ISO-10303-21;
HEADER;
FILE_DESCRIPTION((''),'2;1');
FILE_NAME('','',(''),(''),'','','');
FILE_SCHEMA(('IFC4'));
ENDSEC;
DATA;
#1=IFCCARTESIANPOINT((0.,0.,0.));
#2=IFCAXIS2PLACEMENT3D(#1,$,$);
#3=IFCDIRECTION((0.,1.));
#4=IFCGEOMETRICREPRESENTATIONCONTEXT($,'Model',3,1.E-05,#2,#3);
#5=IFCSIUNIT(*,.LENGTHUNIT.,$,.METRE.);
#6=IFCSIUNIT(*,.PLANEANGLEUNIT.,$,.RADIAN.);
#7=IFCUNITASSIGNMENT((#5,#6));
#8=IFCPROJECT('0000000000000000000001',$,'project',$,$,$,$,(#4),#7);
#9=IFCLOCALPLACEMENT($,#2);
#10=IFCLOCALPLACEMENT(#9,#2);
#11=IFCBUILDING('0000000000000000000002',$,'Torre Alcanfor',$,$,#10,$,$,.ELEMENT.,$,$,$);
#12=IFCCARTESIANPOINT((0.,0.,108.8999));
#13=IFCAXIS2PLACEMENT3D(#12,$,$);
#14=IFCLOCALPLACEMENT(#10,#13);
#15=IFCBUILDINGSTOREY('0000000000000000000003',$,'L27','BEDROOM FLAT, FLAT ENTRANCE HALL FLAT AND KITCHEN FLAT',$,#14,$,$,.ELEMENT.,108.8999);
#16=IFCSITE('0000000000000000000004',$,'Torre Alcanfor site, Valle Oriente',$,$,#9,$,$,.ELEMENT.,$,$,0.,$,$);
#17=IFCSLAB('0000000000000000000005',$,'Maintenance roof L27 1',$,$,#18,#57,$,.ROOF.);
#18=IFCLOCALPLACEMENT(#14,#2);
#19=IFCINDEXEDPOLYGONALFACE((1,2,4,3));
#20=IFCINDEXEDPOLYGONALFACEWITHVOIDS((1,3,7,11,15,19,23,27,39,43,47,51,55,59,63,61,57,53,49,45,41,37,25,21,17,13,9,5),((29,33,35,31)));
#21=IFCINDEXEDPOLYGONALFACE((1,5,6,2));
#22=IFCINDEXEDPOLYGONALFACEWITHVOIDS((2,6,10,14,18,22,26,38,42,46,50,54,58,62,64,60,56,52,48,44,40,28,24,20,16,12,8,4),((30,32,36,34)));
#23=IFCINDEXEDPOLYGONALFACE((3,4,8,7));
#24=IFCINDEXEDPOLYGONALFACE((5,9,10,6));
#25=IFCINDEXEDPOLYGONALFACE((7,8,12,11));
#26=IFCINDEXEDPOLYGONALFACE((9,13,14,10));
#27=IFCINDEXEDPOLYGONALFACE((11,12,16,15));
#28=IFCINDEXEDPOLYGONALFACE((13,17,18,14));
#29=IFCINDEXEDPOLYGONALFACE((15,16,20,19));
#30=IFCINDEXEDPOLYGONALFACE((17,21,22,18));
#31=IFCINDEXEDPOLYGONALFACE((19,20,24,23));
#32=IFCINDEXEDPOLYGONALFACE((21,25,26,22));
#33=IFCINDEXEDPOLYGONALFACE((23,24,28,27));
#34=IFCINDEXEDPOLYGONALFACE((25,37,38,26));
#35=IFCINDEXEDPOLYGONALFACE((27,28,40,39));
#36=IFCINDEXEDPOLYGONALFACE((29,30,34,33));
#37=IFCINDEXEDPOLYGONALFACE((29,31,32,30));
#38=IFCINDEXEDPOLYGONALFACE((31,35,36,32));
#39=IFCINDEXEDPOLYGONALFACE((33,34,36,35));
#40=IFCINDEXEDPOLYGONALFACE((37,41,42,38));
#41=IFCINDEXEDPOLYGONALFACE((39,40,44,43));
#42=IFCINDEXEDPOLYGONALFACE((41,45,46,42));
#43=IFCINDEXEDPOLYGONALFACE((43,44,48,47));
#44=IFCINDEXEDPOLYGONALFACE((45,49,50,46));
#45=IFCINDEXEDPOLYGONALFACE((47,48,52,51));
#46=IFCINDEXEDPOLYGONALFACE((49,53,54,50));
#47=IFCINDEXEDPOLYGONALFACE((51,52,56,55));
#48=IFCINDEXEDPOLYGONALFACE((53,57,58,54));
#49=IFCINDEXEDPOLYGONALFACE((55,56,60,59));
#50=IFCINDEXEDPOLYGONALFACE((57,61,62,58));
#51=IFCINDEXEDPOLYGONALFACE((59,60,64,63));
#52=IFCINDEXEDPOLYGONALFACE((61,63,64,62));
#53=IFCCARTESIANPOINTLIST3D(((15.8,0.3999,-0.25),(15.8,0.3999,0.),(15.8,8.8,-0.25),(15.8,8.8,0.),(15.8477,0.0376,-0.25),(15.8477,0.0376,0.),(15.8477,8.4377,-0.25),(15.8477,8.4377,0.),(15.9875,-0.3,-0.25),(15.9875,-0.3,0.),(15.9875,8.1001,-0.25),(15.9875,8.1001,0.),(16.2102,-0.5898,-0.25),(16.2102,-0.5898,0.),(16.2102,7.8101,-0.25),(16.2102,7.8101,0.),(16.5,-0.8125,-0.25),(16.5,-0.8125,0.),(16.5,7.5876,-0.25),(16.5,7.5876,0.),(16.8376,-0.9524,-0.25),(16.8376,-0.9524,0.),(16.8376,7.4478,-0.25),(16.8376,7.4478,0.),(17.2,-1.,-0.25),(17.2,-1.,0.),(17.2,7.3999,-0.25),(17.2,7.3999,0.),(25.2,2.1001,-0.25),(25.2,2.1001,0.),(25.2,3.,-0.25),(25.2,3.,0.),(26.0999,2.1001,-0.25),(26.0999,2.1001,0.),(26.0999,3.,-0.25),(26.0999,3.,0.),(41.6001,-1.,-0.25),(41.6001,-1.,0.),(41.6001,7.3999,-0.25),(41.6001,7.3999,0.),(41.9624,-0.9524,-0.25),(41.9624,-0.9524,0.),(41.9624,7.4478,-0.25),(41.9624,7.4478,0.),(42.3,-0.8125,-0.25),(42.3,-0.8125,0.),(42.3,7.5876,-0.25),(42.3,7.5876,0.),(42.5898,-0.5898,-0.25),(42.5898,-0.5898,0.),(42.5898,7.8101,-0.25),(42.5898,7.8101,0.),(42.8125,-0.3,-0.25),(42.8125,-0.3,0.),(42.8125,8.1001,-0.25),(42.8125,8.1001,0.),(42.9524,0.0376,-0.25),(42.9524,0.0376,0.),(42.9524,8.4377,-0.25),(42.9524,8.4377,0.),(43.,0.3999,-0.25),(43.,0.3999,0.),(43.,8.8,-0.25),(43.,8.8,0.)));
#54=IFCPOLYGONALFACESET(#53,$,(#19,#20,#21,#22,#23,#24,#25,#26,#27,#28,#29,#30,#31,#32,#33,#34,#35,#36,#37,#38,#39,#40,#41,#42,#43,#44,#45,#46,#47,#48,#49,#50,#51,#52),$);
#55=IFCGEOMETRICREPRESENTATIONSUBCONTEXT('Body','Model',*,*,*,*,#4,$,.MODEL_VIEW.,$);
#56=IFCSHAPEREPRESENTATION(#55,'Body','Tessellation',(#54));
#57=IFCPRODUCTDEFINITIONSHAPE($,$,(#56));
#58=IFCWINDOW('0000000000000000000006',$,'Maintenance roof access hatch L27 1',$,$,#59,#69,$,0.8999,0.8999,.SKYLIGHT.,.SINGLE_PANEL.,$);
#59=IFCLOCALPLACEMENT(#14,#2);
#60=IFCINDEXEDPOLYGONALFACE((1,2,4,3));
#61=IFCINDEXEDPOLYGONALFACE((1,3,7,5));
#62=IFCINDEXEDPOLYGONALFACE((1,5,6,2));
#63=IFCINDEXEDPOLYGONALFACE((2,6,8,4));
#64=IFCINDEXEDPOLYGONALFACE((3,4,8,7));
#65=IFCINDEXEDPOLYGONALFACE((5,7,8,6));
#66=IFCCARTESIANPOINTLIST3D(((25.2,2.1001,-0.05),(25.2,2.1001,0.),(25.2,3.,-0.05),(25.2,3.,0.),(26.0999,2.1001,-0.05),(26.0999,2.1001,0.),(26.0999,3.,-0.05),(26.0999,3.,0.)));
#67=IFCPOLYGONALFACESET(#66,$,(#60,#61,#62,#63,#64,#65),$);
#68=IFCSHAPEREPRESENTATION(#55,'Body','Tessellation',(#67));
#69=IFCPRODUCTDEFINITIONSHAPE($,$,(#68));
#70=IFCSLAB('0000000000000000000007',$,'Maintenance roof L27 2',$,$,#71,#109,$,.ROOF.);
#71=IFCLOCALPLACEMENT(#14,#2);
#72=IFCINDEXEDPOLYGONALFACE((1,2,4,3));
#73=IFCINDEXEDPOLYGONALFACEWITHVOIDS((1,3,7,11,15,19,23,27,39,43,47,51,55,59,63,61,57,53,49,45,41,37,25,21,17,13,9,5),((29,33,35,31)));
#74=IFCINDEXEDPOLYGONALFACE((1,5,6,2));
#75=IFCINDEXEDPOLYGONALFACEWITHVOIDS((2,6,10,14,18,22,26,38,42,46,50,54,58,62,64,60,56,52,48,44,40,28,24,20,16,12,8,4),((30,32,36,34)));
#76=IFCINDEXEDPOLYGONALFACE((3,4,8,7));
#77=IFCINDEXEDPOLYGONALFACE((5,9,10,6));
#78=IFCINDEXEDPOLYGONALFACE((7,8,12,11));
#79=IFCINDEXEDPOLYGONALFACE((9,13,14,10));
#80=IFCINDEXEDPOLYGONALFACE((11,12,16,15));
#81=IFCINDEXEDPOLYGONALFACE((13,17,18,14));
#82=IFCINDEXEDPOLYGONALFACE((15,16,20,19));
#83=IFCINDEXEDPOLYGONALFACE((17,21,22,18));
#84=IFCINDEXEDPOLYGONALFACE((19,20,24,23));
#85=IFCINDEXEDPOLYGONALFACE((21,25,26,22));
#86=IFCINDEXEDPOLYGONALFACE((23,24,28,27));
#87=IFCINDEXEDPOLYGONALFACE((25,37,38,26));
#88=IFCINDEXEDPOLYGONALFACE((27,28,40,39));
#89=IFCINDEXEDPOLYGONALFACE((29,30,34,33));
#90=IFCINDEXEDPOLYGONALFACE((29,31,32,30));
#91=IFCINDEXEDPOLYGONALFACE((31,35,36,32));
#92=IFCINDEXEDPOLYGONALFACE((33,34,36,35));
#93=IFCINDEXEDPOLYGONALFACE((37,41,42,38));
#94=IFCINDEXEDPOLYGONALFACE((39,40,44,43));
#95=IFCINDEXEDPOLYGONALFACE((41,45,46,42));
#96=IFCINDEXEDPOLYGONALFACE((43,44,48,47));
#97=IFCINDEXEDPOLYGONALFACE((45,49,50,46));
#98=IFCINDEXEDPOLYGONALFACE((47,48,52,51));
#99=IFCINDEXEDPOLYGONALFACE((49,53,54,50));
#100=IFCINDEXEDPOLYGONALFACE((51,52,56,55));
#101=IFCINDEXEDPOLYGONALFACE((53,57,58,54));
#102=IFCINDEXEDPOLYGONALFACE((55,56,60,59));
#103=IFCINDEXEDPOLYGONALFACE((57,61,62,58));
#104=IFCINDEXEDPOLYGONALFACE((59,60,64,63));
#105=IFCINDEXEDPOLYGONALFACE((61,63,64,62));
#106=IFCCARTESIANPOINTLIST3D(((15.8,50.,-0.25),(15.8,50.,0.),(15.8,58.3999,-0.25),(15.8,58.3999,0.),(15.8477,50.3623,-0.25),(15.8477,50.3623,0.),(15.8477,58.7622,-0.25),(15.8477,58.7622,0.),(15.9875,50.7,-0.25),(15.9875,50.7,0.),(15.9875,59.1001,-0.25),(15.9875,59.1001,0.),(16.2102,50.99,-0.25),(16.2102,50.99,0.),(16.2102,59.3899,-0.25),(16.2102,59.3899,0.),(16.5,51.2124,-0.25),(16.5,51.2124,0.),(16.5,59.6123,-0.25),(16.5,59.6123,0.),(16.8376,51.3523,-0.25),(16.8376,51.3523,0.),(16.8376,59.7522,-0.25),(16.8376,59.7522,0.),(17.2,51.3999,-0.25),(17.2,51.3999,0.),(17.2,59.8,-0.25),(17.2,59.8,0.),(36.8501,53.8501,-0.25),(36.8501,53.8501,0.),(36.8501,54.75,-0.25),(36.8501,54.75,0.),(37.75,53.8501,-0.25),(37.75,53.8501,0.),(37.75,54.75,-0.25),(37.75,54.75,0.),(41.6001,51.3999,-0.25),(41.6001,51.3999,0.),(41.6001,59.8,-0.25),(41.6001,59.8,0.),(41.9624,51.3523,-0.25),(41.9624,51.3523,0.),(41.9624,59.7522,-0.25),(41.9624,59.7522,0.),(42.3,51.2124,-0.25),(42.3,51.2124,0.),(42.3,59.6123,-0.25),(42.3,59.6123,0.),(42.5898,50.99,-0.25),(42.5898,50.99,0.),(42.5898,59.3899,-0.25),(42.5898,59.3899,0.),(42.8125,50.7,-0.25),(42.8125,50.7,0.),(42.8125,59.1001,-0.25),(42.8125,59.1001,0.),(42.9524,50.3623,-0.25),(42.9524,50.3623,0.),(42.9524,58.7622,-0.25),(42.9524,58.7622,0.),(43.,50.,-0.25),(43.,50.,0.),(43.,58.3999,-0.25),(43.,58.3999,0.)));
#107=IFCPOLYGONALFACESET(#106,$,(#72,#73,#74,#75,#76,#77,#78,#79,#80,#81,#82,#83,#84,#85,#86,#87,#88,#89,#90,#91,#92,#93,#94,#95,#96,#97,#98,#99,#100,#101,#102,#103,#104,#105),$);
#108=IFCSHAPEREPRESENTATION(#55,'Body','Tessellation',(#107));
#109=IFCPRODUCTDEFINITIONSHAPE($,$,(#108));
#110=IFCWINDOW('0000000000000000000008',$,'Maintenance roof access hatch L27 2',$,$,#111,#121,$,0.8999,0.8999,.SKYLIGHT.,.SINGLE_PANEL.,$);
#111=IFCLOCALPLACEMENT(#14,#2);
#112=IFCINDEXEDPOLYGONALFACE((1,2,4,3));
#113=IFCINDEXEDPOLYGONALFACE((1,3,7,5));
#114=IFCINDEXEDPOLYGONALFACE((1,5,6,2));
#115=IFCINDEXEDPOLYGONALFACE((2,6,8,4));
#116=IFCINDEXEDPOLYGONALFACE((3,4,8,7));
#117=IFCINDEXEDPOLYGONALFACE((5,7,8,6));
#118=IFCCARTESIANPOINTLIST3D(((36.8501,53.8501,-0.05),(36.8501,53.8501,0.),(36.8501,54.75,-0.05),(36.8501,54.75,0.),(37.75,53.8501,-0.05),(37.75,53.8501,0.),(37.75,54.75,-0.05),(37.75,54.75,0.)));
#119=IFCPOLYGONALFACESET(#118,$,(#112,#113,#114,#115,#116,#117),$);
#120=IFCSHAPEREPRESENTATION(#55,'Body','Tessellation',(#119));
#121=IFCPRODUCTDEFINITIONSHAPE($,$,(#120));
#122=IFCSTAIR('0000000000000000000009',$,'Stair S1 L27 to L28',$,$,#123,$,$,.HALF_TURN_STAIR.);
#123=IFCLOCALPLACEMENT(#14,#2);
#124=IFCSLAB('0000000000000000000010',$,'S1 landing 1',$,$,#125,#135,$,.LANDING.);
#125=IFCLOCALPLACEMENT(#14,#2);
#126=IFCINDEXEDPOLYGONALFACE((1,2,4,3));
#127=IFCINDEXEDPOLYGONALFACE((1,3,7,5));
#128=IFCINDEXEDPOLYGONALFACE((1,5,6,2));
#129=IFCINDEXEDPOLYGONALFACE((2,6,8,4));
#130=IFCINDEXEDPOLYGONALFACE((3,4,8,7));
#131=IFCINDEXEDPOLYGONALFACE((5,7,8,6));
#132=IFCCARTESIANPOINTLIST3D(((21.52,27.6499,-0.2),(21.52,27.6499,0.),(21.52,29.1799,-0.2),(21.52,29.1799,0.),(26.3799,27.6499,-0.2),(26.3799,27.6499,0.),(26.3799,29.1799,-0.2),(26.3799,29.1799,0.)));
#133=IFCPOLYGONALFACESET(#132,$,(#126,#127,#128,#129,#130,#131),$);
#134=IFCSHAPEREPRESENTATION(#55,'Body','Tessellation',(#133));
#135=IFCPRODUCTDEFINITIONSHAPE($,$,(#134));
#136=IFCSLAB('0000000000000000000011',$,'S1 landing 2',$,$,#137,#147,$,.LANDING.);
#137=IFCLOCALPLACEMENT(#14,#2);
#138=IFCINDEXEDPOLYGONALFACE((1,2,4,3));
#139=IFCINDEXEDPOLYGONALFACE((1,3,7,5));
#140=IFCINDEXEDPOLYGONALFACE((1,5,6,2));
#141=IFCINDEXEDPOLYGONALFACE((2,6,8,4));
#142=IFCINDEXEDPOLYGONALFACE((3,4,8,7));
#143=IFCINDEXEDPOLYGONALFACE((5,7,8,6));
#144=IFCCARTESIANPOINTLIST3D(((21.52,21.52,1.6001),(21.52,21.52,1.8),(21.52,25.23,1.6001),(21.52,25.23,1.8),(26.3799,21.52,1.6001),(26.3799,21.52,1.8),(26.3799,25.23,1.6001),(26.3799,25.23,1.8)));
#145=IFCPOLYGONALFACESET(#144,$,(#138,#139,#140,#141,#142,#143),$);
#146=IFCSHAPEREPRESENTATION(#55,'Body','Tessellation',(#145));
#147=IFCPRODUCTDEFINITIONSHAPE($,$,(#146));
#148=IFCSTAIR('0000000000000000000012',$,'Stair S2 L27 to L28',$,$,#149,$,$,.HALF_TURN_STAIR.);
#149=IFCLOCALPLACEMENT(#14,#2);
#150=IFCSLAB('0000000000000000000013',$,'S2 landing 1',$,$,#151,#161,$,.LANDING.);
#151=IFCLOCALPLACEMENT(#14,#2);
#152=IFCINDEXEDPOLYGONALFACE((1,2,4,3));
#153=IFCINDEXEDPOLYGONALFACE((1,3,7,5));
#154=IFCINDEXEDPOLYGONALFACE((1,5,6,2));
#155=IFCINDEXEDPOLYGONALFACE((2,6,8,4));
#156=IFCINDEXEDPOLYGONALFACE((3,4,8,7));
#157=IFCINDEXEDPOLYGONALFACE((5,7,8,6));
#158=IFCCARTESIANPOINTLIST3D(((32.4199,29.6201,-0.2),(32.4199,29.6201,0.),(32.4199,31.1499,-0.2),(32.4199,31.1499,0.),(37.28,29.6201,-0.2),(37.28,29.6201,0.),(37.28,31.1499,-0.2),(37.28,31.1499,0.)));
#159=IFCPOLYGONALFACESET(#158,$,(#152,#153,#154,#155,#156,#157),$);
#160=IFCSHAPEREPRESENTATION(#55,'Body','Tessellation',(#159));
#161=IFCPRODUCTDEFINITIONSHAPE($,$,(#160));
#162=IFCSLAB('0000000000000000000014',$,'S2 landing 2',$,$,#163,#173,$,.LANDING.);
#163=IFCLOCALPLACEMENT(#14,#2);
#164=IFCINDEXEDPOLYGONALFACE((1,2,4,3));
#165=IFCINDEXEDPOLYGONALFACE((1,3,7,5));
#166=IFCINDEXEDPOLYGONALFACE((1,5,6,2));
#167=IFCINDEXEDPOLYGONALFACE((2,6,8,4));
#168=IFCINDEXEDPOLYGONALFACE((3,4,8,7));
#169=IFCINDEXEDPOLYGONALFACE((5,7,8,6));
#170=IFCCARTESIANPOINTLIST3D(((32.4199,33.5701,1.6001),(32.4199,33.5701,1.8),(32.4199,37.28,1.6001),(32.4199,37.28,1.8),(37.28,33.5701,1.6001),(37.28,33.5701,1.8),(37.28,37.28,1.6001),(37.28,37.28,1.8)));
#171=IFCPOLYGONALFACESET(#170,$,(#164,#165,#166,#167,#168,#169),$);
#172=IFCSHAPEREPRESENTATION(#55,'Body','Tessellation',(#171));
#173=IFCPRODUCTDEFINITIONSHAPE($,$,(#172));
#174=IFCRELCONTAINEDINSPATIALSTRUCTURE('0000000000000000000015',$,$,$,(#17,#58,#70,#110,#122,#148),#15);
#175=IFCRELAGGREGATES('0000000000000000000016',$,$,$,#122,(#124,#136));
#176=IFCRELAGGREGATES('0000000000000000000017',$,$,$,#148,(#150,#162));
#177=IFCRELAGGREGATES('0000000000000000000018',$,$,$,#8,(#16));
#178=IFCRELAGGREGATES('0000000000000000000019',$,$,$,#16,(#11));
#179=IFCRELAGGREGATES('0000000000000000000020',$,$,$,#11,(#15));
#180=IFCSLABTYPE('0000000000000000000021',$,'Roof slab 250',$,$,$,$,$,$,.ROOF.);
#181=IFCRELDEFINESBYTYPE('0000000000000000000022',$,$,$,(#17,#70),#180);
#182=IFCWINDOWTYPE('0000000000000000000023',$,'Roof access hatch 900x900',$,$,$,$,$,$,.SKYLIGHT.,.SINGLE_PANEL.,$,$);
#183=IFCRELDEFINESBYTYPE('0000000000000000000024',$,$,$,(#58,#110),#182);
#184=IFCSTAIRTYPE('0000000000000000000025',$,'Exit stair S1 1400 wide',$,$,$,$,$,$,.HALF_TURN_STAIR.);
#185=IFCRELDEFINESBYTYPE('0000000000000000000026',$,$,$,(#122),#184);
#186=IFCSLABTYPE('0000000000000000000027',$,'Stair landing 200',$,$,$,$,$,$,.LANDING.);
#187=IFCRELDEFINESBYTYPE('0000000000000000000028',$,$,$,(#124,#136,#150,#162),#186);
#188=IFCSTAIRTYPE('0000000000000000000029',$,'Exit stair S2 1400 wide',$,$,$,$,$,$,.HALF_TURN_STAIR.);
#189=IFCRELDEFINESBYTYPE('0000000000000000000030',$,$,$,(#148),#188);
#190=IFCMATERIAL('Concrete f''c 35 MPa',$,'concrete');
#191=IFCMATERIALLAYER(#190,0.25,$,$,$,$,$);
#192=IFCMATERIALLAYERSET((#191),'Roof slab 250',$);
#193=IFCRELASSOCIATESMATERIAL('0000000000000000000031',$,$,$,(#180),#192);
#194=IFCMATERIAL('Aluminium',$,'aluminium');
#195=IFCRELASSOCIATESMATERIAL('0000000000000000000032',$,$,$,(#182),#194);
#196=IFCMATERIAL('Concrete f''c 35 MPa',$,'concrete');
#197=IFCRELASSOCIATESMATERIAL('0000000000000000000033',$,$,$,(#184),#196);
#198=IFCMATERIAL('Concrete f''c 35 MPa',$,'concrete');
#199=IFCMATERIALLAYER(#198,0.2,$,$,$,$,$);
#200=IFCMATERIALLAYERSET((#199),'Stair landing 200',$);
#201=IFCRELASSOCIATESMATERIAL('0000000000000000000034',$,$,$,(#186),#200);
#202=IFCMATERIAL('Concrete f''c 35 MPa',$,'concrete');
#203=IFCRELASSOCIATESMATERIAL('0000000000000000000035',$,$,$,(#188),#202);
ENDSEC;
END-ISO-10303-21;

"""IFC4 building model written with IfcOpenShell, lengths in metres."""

from ifc_helpers import new_model, si_unit, direction, frame, origin, origin_2d, place, context, subcontext, project, spatial, polyline, rectangle, outline, extrude, material, layer, layer_set, type_object, element, fill, aggregate, save


model = new_model("IFC4")

# Units and contexts
model_context = context("Model", 3, precision=1e-05, world=origin(), true_north=direction((0.0, 1.0)))
body_context = subcontext(model_context, "Body", "Model", "MODEL_VIEW")
ifc_project = project(units=[si_unit("LENGTHUNIT", "METRE"), si_unit("PLANEANGLEUNIT", "RADIAN")], contexts=[model_context])

# Site, building, storey
site_placement = place(None, origin())
site = spatial("IfcSite", under=ifc_project, at=site_placement, Name="Torre Alcanfor site, Valle Oriente", CompositionType="ELEMENT", RefElevation=0.0)
building_placement = place(site_placement, origin())
building = spatial("IfcBuilding", under=site, at=building_placement, Name="Torre Alcanfor", CompositionType="ELEMENT")
storey_placement = place(building_placement, frame((0.0, 0.0, 108.8999)))
storey = spatial("IfcBuildingStorey", under=building, at=storey_placement, Name="L27", Description="BEDROOM FLAT, FLAT ENTRANCE HALL FLAT AND KITCHEN FLAT", CompositionType="ELEMENT", Elevation=108.8999)

# Slabs, openings, windows
ifc_material_1 = material(Name="Concrete f'c 35 MPa", Category="concrete")
ifc_layer_1 = layer(ifc_material_1, 0.25)
ifc_layer_set_1 = layer_set([ifc_layer_1], Name="Roof slab 250")
slab_type_1 = type_object("IfcSlabType", Name="Roof slab 250", PredefinedType="ROOF", material=ifc_layer_set_1)
slab_1_placement = place(storey_placement, frame((0.0, 0.0, -0.25)))
slab_1 = element("IfcSlab", 1, at=slab_1_placement, inside=storey, type_object=slab_type_1, Name="Maintenance roof L27 1", PredefinedType="ROOF", context=body_context, shape_type="SweptSolid", body=[
    extrude(outline(polyline([(43.0, 8.8), (42.9524, 8.4377), (42.8125, 8.1001), (42.5898, 7.8101), (42.3, 7.5876), (41.9624, 7.4478), (41.6001, 7.3999), (17.2, 7.3999), (16.8376, 7.4478), (16.5, 7.5876), (16.2102, 7.8101), (15.9875, 8.1001), (15.8477, 8.4377), (15.8, 8.8), (15.8, 0.3999), (15.8477, 0.0376), (15.9875, -0.3), (16.2102, -0.5898), (16.5, -0.8125), (16.8376, -0.9524), (17.2, -1.0), (41.6001, -1.0), (41.9624, -0.9524), (42.3, -0.8125), (42.5898, -0.5898), (42.8125, -0.3), (42.9524, 0.0376), (43.0, 0.3999), (43.0, 8.8)])), origin(), (0.0, 0.0, 1.0), 0.25),
])
opening_1_placement = place(slab_1_placement, frame((25.6499, 2.55, 0.0)))
opening_1 = element("IfcOpeningElement", 2, at=opening_1_placement, cuts=slab_1, PredefinedType="OPENING", context=body_context, shape_type="SweptSolid", body=[
    extrude(rectangle(XDim=0.8999, YDim=0.8999, at=origin_2d()), origin(), (0.0, 0.0, 1.0), 0.25),
])
ifc_material_2 = material(Name="Aluminium", Category="aluminium")
window_type_1 = type_object("IfcWindowType", Name="Roof access hatch 900x900", PartitioningType="SINGLE_PANEL", PredefinedType="SKYLIGHT", material=ifc_material_2)
window_1_placement = place(opening_1_placement, frame((0.0, 0.0, 0.2)))
window_1 = element("IfcWindow", 3, at=window_1_placement, inside=storey, type_object=window_type_1, Name="Maintenance roof access hatch L27 1", OverallHeight=0.8999, OverallWidth=0.8999, PartitioningType="SINGLE_PANEL", PredefinedType="SKYLIGHT", context=body_context, shape_type="SweptSolid", body=[
    extrude(rectangle(XDim=0.8999, YDim=0.8999, at=origin_2d()), origin(), (0.0, 0.0, 1.0), 0.05),
])
fill(opening_1, window_1)
slab_2_placement = place(storey_placement, frame((0.0, 0.0, -0.25)))
slab_2 = element("IfcSlab", 4, at=slab_2_placement, inside=storey, type_object=slab_type_1, Name="Maintenance roof L27 2", PredefinedType="ROOF", context=body_context, shape_type="SweptSolid", body=[
    extrude(outline(polyline([(15.8, 50.0), (15.8477, 50.3623), (15.9875, 50.7), (16.2102, 50.99), (16.5, 51.2124), (16.8376, 51.3523), (17.2, 51.3999), (41.6001, 51.3999), (41.9624, 51.3523), (42.3, 51.2124), (42.5898, 50.99), (42.8125, 50.7), (42.9524, 50.3623), (43.0, 50.0), (43.0, 58.3999), (42.9524, 58.7622), (42.8125, 59.1001), (42.5898, 59.3899), (42.3, 59.6123), (41.9624, 59.7522), (41.6001, 59.8), (17.2, 59.8), (16.8376, 59.7522), (16.5, 59.6123), (16.2102, 59.3899), (15.9875, 59.1001), (15.8477, 58.7622), (15.8, 58.3999), (15.8, 50.0)])), origin(), (0.0, 0.0, 1.0), 0.25),
])
opening_2_placement = place(slab_2_placement, frame((37.3, 54.3, 0.0)))
opening_2 = element("IfcOpeningElement", 5, at=opening_2_placement, cuts=slab_2, PredefinedType="OPENING", context=body_context, shape_type="SweptSolid", body=[
    extrude(rectangle(XDim=0.8999, YDim=0.8999, at=origin_2d()), origin(), (0.0, 0.0, 1.0), 0.25),
])
window_2_placement = place(opening_2_placement, frame((0.0, 0.0, 0.2)))
window_2 = element("IfcWindow", 6, at=window_2_placement, inside=storey, type_object=window_type_1, Name="Maintenance roof access hatch L27 2", OverallHeight=0.8999, OverallWidth=0.8999, PartitioningType="SINGLE_PANEL", PredefinedType="SKYLIGHT", context=body_context, shape_type="SweptSolid", body=[
    extrude(rectangle(XDim=0.8999, YDim=0.8999, at=origin_2d()), origin(), (0.0, 0.0, 1.0), 0.05),
])
fill(opening_2, window_2)

# Stairs, slabs
ifc_material_3 = material(Name="Concrete f'c 35 MPa", Category="concrete")
stair_type_1 = type_object("IfcStairType", Name="Exit stair S1 1400 wide", PredefinedType="HALF_TURN_STAIR", material=ifc_material_3)
stair_1_placement = place(storey_placement, origin())
stair_1 = element("IfcStair", 7, at=stair_1_placement, inside=storey, type_object=stair_type_1, Name="Stair S1 L27 to L28", PredefinedType="HALF_TURN_STAIR")
ifc_material_4 = material(Name="Concrete f'c 35 MPa", Category="concrete")
ifc_layer_2 = layer(ifc_material_4, 0.2)
ifc_layer_set_2 = layer_set([ifc_layer_2], Name="Stair landing 200")
slab_type_2 = type_object("IfcSlabType", Name="Stair landing 200", PredefinedType="LANDING", material=ifc_layer_set_2)
slab_3_placement = place(storey_placement, frame((0.0, 0.0, -0.2)))
slab_3 = element("IfcSlab", 8, at=slab_3_placement, type_object=slab_type_2, Name="S1 landing 1", PredefinedType="LANDING", context=body_context, shape_type="SweptSolid", body=[
    extrude(outline(polyline([(21.52, 27.6499), (26.3799, 27.6499), (26.3799, 29.1799), (21.52, 29.1799), (21.52, 27.6499)])), origin(), (0.0, 0.0, 1.0), 0.2),
])
slab_4_placement = place(storey_placement, frame((0.0, 0.0, 1.6001)))
slab_4 = element("IfcSlab", 9, at=slab_4_placement, type_object=slab_type_2, Name="S1 landing 2", PredefinedType="LANDING", context=body_context, shape_type="SweptSolid", body=[
    extrude(outline(polyline([(21.52, 21.52), (26.3799, 21.52), (26.3799, 25.23), (21.52, 25.23), (21.52, 21.52)])), origin(), (0.0, 0.0, 1.0), 0.2),
])
aggregate(stair_1, [slab_3, slab_4])
ifc_material_5 = material(Name="Concrete f'c 35 MPa", Category="concrete")
stair_type_2 = type_object("IfcStairType", Name="Exit stair S2 1400 wide", PredefinedType="HALF_TURN_STAIR", material=ifc_material_5)
stair_2_placement = place(storey_placement, origin())
stair_2 = element("IfcStair", 10, at=stair_2_placement, inside=storey, type_object=stair_type_2, Name="Stair S2 L27 to L28", PredefinedType="HALF_TURN_STAIR")
slab_5_placement = place(storey_placement, frame((0.0, 0.0, -0.2)))
slab_5 = element("IfcSlab", 11, at=slab_5_placement, type_object=slab_type_2, Name="S2 landing 1", PredefinedType="LANDING", context=body_context, shape_type="SweptSolid", body=[
    extrude(outline(polyline([(32.4199, 29.6201), (37.28, 29.6201), (37.28, 31.1499), (32.4199, 31.1499), (32.4199, 29.6201)])), origin(), (0.0, 0.0, 1.0), 0.2),
])
slab_6_placement = place(storey_placement, frame((0.0, 0.0, 1.6001)))
slab_6 = element("IfcSlab", 12, at=slab_6_placement, type_object=slab_type_2, Name="S2 landing 2", PredefinedType="LANDING", context=body_context, shape_type="SweptSolid", body=[
    extrude(outline(polyline([(32.4199, 33.5701), (37.28, 33.5701), (37.28, 37.28), (32.4199, 37.28), (32.4199, 33.5701)])), origin(), (0.0, 0.0, 1.0), 0.2),
])
aggregate(stair_2, [slab_5, slab_6])

save(model, "model.ifc")
